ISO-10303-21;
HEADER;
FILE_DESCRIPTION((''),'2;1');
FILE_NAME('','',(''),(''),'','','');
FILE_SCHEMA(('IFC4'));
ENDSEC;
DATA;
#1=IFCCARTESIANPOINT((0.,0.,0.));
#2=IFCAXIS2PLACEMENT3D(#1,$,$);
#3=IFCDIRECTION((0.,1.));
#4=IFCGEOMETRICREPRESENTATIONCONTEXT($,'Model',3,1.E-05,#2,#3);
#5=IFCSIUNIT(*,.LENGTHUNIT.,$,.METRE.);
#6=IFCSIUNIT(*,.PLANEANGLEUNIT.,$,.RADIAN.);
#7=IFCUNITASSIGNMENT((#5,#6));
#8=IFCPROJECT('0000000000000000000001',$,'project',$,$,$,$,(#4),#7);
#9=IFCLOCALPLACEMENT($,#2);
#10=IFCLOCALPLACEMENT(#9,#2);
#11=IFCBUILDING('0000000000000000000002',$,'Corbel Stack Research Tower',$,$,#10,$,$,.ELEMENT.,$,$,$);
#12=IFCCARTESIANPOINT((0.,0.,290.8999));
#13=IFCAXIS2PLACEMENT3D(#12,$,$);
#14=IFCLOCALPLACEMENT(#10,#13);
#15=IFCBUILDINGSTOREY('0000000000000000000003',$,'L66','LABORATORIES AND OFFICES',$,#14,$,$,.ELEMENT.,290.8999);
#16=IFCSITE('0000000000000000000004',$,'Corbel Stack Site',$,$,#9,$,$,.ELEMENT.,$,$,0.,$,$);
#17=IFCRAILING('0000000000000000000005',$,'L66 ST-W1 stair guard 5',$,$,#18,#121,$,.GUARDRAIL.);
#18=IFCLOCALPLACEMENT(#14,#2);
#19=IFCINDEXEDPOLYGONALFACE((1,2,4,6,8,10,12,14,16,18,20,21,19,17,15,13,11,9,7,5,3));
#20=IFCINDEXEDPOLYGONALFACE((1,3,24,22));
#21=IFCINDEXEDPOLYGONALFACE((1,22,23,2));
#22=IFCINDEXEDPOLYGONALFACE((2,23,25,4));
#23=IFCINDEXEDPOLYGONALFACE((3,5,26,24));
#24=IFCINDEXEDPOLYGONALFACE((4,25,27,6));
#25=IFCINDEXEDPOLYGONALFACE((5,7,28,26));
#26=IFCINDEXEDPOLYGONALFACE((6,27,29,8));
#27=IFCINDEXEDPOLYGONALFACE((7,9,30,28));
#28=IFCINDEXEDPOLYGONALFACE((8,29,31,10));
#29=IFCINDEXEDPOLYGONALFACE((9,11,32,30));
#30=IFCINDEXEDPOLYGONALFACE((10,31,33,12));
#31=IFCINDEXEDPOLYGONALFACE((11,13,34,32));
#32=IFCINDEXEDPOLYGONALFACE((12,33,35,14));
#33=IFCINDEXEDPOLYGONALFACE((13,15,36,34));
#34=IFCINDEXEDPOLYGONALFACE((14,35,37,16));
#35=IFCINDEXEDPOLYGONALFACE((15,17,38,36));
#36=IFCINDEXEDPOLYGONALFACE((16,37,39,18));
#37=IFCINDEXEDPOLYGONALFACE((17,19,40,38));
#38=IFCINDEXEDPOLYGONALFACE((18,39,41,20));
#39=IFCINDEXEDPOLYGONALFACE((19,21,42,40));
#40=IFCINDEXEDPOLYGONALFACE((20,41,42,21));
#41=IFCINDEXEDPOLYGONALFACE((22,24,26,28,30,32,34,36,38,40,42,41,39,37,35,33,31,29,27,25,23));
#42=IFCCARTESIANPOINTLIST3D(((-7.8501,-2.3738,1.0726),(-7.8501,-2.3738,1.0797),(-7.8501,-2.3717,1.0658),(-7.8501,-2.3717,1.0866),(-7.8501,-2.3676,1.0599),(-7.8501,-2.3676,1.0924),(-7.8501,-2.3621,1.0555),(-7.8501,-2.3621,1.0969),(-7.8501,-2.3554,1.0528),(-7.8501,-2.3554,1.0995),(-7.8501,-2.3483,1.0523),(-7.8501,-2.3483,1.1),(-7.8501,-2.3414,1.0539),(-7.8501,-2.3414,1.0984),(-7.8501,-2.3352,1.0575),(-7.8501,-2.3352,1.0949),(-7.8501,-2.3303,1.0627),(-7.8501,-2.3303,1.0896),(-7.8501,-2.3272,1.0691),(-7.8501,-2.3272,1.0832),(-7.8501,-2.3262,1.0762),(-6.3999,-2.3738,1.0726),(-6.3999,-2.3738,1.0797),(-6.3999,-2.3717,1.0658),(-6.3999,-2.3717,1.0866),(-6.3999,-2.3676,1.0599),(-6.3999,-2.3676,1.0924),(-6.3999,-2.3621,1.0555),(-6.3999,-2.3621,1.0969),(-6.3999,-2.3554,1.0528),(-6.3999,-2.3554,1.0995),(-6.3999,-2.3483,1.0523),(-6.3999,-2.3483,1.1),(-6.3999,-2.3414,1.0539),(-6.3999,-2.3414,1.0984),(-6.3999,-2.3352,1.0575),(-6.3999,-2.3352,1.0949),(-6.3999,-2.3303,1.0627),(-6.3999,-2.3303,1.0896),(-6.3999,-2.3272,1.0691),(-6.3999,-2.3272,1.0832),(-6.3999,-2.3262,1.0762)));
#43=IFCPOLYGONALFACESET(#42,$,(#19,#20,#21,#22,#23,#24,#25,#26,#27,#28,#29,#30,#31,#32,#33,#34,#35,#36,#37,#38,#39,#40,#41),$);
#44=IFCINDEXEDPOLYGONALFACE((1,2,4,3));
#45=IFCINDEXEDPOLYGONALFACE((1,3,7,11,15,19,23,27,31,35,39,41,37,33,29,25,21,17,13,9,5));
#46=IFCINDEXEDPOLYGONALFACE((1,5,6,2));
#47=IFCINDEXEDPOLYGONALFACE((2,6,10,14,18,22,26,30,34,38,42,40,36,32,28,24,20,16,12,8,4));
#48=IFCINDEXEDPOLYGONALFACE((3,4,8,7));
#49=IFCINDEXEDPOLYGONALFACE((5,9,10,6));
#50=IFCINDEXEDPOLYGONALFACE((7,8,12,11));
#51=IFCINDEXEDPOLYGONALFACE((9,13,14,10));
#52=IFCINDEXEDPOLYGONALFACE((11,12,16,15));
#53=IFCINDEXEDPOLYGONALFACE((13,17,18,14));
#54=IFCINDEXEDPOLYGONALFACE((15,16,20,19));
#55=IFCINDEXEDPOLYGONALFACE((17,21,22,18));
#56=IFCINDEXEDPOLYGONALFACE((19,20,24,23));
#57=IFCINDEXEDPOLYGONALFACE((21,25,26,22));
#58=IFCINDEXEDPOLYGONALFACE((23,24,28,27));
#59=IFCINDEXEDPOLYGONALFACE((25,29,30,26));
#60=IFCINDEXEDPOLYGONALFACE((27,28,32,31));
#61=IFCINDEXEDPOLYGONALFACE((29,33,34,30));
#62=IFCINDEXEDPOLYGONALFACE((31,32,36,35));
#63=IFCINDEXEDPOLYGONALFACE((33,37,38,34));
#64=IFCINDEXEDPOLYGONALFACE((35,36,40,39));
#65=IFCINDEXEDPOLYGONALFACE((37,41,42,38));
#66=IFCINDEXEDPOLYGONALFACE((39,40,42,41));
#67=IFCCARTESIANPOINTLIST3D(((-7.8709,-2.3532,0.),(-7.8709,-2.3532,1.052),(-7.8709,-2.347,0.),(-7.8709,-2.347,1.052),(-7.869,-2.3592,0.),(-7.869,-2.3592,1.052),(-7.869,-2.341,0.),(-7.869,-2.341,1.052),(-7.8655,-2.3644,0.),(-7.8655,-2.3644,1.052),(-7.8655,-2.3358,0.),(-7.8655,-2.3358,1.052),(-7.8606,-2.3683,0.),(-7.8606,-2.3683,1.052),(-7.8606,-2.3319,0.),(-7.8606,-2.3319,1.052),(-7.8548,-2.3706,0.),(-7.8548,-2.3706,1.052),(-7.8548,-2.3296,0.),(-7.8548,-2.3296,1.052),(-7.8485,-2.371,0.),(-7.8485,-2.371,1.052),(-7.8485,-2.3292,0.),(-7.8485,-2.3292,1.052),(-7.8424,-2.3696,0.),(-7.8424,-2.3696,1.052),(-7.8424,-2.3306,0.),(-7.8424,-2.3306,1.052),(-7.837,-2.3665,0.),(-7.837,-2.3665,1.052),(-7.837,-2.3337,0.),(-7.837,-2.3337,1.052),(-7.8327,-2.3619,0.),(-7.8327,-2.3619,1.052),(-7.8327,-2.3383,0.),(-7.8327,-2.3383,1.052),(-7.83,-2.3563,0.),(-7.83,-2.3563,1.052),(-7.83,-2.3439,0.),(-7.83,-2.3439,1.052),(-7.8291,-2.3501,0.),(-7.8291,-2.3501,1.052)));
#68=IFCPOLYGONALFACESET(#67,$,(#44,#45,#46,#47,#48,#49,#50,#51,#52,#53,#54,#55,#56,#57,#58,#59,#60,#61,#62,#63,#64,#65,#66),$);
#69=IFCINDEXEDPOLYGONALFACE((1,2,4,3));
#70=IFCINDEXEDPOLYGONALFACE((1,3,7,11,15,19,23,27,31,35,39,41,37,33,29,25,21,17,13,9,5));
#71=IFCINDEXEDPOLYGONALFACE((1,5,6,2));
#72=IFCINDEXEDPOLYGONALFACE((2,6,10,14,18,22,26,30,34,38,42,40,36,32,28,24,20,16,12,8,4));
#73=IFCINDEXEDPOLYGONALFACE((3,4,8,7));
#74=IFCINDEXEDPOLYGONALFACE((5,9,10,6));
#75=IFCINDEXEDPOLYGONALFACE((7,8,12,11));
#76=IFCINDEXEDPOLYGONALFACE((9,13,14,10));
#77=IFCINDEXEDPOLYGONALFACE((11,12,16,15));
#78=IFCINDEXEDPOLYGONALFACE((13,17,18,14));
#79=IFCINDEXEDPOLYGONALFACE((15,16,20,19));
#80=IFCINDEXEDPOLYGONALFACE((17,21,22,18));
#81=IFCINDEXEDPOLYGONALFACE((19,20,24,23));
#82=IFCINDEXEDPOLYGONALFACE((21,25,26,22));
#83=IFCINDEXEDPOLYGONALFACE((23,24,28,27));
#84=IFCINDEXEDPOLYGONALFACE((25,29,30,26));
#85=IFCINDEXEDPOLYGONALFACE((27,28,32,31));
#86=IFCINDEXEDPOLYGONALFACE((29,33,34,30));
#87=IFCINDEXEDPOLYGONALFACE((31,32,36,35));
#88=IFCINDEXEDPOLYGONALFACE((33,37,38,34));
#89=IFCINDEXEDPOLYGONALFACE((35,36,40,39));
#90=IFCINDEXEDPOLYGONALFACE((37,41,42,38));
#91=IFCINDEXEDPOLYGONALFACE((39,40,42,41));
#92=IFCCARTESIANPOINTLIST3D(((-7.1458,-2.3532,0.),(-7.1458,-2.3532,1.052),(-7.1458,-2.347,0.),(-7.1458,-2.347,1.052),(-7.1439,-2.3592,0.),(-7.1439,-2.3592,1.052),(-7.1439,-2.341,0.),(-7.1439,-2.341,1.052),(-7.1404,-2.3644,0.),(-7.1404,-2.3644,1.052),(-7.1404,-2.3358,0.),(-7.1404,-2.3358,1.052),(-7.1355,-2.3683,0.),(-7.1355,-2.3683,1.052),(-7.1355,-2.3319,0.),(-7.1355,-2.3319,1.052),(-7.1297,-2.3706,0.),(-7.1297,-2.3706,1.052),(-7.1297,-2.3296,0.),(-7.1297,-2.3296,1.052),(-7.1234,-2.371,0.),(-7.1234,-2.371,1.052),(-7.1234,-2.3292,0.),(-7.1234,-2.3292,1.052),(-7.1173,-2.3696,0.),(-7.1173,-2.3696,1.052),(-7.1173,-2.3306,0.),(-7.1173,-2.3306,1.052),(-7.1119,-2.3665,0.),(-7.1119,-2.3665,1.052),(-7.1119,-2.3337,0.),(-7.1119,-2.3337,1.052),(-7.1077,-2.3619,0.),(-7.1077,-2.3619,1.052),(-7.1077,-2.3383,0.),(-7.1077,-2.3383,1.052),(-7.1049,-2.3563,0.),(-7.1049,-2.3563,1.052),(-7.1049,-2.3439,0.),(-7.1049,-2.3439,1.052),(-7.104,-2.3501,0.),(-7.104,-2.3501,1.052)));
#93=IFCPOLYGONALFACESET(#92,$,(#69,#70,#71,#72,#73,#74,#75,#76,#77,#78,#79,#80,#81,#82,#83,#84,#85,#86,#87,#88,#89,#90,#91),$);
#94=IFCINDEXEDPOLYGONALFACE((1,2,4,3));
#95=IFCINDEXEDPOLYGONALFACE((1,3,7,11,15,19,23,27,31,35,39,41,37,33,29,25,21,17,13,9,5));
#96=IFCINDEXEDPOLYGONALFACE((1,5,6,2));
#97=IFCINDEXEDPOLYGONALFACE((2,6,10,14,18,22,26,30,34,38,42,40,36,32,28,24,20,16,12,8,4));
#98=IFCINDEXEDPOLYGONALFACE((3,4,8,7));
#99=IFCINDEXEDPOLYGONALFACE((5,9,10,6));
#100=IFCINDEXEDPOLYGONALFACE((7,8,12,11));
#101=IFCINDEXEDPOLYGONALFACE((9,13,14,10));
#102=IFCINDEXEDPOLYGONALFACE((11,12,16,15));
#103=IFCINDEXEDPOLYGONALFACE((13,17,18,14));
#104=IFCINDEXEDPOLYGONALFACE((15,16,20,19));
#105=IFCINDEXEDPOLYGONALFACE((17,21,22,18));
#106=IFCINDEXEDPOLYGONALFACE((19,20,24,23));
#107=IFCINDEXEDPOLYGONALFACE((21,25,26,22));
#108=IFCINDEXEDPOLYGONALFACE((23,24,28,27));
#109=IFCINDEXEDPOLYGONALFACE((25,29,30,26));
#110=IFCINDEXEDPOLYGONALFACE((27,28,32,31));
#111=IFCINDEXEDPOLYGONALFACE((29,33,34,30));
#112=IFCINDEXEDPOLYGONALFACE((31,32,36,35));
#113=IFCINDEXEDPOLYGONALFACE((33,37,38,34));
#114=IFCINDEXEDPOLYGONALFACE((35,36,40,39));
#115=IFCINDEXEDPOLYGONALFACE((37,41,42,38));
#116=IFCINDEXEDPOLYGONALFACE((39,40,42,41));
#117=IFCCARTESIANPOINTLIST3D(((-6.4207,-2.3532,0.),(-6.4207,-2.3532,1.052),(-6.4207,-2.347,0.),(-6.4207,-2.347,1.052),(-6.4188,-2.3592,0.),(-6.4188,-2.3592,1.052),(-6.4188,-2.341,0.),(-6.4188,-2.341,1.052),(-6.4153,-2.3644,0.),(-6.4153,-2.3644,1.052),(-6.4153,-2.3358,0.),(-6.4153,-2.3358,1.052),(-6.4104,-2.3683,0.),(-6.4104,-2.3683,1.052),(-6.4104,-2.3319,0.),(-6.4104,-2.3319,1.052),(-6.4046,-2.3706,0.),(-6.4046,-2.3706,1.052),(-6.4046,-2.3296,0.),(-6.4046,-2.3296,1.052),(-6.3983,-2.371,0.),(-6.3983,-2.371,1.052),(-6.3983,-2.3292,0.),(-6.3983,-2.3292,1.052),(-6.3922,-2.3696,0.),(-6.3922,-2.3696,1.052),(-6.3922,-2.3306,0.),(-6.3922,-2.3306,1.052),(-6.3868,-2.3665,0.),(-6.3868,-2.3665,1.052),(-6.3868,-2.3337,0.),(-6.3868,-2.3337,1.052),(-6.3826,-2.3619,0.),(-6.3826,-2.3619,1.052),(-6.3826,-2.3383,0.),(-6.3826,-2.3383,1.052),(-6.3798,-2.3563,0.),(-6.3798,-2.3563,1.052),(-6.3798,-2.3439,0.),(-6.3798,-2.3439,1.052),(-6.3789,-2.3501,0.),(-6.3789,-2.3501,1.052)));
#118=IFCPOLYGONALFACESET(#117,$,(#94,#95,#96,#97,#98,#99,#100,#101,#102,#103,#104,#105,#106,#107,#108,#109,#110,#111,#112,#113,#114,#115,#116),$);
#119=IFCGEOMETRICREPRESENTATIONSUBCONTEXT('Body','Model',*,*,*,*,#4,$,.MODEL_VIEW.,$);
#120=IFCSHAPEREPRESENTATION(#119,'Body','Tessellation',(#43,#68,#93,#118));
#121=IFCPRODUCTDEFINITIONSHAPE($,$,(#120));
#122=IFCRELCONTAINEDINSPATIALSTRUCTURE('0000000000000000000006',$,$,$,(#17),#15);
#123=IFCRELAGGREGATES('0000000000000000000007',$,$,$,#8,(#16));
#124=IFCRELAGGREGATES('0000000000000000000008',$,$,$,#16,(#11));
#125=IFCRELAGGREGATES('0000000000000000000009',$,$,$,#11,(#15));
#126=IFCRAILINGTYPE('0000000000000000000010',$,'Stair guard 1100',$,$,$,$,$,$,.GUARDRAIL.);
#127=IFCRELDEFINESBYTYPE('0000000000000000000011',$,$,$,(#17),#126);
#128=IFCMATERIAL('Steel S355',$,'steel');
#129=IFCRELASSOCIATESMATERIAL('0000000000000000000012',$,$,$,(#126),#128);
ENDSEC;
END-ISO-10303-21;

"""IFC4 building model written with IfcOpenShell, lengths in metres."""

from ifc_helpers import new_model, si_unit, direction, frame, origin, origin_2d, place, context, subcontext, project, spatial, circle, extrude, material, type_object, element, save


model = new_model("IFC4")

# Units and contexts
model_context = context("Model", 3, precision=1e-05, world=origin(), true_north=direction((0.0, 1.0)))
body_context = subcontext(model_context, "Body", "Model", "MODEL_VIEW")
ifc_project = project(units=[si_unit("LENGTHUNIT", "METRE"), si_unit("PLANEANGLEUNIT", "RADIAN")], contexts=[model_context])

# Site, building, storey
site_placement = place(None, origin())
site = spatial("IfcSite", under=ifc_project, at=site_placement, Name="Corbel Stack Site", CompositionType="ELEMENT", RefElevation=0.0)
building_placement = place(site_placement, origin())
building = spatial("IfcBuilding", under=site, at=building_placement, Name="Corbel Stack Research Tower", CompositionType="ELEMENT")
storey_placement = place(building_placement, frame((0.0, 0.0, 290.8999)))
storey = spatial("IfcBuildingStorey", under=building, at=storey_placement, Name="L66", Description="LABORATORIES AND OFFICES", CompositionType="ELEMENT", Elevation=290.8999)

# Railing
ifc_material_1 = material(Name="Steel S355", Category="steel")
railing_type = type_object("IfcRailingType", Name="Stair guard 1100", PredefinedType="GUARDRAIL", material=ifc_material_1)
railing_1_placement = place(storey_placement, frame((-7.8501, -2.3501, 0.0)))
element("IfcRailing", 1, at=railing_1_placement, inside=storey, type_object=railing_type, Name="L66 ST-W1 stair guard 5", PredefinedType="GUARDRAIL", context=body_context, shape_type="SweptSolid", body=[
    extrude(circle(Radius=0.0239, at=origin_2d()), frame((0.0, 0.0, 1.0762), z_axis=(1.0, 0.0, 0.0), x_axis=(0.0, 1.0, 0.0)), (0.0, 0.0, 1.0), 1.4502),
    extrude(circle(Radius=0.021, at=origin_2d()), origin(), (0.0, 0.0, 1.0), 1.052),
    extrude(circle(Radius=0.021, at=origin_2d()), frame((0.7251, 0.0, 0.0)), (0.0, 0.0, 1.0), 1.052),
    extrude(circle(Radius=0.021, at=origin_2d()), frame((1.4502, 0.0, 0.0)), (0.0, 0.0, 1.0), 1.052),
])

save(model, "model.ifc")
